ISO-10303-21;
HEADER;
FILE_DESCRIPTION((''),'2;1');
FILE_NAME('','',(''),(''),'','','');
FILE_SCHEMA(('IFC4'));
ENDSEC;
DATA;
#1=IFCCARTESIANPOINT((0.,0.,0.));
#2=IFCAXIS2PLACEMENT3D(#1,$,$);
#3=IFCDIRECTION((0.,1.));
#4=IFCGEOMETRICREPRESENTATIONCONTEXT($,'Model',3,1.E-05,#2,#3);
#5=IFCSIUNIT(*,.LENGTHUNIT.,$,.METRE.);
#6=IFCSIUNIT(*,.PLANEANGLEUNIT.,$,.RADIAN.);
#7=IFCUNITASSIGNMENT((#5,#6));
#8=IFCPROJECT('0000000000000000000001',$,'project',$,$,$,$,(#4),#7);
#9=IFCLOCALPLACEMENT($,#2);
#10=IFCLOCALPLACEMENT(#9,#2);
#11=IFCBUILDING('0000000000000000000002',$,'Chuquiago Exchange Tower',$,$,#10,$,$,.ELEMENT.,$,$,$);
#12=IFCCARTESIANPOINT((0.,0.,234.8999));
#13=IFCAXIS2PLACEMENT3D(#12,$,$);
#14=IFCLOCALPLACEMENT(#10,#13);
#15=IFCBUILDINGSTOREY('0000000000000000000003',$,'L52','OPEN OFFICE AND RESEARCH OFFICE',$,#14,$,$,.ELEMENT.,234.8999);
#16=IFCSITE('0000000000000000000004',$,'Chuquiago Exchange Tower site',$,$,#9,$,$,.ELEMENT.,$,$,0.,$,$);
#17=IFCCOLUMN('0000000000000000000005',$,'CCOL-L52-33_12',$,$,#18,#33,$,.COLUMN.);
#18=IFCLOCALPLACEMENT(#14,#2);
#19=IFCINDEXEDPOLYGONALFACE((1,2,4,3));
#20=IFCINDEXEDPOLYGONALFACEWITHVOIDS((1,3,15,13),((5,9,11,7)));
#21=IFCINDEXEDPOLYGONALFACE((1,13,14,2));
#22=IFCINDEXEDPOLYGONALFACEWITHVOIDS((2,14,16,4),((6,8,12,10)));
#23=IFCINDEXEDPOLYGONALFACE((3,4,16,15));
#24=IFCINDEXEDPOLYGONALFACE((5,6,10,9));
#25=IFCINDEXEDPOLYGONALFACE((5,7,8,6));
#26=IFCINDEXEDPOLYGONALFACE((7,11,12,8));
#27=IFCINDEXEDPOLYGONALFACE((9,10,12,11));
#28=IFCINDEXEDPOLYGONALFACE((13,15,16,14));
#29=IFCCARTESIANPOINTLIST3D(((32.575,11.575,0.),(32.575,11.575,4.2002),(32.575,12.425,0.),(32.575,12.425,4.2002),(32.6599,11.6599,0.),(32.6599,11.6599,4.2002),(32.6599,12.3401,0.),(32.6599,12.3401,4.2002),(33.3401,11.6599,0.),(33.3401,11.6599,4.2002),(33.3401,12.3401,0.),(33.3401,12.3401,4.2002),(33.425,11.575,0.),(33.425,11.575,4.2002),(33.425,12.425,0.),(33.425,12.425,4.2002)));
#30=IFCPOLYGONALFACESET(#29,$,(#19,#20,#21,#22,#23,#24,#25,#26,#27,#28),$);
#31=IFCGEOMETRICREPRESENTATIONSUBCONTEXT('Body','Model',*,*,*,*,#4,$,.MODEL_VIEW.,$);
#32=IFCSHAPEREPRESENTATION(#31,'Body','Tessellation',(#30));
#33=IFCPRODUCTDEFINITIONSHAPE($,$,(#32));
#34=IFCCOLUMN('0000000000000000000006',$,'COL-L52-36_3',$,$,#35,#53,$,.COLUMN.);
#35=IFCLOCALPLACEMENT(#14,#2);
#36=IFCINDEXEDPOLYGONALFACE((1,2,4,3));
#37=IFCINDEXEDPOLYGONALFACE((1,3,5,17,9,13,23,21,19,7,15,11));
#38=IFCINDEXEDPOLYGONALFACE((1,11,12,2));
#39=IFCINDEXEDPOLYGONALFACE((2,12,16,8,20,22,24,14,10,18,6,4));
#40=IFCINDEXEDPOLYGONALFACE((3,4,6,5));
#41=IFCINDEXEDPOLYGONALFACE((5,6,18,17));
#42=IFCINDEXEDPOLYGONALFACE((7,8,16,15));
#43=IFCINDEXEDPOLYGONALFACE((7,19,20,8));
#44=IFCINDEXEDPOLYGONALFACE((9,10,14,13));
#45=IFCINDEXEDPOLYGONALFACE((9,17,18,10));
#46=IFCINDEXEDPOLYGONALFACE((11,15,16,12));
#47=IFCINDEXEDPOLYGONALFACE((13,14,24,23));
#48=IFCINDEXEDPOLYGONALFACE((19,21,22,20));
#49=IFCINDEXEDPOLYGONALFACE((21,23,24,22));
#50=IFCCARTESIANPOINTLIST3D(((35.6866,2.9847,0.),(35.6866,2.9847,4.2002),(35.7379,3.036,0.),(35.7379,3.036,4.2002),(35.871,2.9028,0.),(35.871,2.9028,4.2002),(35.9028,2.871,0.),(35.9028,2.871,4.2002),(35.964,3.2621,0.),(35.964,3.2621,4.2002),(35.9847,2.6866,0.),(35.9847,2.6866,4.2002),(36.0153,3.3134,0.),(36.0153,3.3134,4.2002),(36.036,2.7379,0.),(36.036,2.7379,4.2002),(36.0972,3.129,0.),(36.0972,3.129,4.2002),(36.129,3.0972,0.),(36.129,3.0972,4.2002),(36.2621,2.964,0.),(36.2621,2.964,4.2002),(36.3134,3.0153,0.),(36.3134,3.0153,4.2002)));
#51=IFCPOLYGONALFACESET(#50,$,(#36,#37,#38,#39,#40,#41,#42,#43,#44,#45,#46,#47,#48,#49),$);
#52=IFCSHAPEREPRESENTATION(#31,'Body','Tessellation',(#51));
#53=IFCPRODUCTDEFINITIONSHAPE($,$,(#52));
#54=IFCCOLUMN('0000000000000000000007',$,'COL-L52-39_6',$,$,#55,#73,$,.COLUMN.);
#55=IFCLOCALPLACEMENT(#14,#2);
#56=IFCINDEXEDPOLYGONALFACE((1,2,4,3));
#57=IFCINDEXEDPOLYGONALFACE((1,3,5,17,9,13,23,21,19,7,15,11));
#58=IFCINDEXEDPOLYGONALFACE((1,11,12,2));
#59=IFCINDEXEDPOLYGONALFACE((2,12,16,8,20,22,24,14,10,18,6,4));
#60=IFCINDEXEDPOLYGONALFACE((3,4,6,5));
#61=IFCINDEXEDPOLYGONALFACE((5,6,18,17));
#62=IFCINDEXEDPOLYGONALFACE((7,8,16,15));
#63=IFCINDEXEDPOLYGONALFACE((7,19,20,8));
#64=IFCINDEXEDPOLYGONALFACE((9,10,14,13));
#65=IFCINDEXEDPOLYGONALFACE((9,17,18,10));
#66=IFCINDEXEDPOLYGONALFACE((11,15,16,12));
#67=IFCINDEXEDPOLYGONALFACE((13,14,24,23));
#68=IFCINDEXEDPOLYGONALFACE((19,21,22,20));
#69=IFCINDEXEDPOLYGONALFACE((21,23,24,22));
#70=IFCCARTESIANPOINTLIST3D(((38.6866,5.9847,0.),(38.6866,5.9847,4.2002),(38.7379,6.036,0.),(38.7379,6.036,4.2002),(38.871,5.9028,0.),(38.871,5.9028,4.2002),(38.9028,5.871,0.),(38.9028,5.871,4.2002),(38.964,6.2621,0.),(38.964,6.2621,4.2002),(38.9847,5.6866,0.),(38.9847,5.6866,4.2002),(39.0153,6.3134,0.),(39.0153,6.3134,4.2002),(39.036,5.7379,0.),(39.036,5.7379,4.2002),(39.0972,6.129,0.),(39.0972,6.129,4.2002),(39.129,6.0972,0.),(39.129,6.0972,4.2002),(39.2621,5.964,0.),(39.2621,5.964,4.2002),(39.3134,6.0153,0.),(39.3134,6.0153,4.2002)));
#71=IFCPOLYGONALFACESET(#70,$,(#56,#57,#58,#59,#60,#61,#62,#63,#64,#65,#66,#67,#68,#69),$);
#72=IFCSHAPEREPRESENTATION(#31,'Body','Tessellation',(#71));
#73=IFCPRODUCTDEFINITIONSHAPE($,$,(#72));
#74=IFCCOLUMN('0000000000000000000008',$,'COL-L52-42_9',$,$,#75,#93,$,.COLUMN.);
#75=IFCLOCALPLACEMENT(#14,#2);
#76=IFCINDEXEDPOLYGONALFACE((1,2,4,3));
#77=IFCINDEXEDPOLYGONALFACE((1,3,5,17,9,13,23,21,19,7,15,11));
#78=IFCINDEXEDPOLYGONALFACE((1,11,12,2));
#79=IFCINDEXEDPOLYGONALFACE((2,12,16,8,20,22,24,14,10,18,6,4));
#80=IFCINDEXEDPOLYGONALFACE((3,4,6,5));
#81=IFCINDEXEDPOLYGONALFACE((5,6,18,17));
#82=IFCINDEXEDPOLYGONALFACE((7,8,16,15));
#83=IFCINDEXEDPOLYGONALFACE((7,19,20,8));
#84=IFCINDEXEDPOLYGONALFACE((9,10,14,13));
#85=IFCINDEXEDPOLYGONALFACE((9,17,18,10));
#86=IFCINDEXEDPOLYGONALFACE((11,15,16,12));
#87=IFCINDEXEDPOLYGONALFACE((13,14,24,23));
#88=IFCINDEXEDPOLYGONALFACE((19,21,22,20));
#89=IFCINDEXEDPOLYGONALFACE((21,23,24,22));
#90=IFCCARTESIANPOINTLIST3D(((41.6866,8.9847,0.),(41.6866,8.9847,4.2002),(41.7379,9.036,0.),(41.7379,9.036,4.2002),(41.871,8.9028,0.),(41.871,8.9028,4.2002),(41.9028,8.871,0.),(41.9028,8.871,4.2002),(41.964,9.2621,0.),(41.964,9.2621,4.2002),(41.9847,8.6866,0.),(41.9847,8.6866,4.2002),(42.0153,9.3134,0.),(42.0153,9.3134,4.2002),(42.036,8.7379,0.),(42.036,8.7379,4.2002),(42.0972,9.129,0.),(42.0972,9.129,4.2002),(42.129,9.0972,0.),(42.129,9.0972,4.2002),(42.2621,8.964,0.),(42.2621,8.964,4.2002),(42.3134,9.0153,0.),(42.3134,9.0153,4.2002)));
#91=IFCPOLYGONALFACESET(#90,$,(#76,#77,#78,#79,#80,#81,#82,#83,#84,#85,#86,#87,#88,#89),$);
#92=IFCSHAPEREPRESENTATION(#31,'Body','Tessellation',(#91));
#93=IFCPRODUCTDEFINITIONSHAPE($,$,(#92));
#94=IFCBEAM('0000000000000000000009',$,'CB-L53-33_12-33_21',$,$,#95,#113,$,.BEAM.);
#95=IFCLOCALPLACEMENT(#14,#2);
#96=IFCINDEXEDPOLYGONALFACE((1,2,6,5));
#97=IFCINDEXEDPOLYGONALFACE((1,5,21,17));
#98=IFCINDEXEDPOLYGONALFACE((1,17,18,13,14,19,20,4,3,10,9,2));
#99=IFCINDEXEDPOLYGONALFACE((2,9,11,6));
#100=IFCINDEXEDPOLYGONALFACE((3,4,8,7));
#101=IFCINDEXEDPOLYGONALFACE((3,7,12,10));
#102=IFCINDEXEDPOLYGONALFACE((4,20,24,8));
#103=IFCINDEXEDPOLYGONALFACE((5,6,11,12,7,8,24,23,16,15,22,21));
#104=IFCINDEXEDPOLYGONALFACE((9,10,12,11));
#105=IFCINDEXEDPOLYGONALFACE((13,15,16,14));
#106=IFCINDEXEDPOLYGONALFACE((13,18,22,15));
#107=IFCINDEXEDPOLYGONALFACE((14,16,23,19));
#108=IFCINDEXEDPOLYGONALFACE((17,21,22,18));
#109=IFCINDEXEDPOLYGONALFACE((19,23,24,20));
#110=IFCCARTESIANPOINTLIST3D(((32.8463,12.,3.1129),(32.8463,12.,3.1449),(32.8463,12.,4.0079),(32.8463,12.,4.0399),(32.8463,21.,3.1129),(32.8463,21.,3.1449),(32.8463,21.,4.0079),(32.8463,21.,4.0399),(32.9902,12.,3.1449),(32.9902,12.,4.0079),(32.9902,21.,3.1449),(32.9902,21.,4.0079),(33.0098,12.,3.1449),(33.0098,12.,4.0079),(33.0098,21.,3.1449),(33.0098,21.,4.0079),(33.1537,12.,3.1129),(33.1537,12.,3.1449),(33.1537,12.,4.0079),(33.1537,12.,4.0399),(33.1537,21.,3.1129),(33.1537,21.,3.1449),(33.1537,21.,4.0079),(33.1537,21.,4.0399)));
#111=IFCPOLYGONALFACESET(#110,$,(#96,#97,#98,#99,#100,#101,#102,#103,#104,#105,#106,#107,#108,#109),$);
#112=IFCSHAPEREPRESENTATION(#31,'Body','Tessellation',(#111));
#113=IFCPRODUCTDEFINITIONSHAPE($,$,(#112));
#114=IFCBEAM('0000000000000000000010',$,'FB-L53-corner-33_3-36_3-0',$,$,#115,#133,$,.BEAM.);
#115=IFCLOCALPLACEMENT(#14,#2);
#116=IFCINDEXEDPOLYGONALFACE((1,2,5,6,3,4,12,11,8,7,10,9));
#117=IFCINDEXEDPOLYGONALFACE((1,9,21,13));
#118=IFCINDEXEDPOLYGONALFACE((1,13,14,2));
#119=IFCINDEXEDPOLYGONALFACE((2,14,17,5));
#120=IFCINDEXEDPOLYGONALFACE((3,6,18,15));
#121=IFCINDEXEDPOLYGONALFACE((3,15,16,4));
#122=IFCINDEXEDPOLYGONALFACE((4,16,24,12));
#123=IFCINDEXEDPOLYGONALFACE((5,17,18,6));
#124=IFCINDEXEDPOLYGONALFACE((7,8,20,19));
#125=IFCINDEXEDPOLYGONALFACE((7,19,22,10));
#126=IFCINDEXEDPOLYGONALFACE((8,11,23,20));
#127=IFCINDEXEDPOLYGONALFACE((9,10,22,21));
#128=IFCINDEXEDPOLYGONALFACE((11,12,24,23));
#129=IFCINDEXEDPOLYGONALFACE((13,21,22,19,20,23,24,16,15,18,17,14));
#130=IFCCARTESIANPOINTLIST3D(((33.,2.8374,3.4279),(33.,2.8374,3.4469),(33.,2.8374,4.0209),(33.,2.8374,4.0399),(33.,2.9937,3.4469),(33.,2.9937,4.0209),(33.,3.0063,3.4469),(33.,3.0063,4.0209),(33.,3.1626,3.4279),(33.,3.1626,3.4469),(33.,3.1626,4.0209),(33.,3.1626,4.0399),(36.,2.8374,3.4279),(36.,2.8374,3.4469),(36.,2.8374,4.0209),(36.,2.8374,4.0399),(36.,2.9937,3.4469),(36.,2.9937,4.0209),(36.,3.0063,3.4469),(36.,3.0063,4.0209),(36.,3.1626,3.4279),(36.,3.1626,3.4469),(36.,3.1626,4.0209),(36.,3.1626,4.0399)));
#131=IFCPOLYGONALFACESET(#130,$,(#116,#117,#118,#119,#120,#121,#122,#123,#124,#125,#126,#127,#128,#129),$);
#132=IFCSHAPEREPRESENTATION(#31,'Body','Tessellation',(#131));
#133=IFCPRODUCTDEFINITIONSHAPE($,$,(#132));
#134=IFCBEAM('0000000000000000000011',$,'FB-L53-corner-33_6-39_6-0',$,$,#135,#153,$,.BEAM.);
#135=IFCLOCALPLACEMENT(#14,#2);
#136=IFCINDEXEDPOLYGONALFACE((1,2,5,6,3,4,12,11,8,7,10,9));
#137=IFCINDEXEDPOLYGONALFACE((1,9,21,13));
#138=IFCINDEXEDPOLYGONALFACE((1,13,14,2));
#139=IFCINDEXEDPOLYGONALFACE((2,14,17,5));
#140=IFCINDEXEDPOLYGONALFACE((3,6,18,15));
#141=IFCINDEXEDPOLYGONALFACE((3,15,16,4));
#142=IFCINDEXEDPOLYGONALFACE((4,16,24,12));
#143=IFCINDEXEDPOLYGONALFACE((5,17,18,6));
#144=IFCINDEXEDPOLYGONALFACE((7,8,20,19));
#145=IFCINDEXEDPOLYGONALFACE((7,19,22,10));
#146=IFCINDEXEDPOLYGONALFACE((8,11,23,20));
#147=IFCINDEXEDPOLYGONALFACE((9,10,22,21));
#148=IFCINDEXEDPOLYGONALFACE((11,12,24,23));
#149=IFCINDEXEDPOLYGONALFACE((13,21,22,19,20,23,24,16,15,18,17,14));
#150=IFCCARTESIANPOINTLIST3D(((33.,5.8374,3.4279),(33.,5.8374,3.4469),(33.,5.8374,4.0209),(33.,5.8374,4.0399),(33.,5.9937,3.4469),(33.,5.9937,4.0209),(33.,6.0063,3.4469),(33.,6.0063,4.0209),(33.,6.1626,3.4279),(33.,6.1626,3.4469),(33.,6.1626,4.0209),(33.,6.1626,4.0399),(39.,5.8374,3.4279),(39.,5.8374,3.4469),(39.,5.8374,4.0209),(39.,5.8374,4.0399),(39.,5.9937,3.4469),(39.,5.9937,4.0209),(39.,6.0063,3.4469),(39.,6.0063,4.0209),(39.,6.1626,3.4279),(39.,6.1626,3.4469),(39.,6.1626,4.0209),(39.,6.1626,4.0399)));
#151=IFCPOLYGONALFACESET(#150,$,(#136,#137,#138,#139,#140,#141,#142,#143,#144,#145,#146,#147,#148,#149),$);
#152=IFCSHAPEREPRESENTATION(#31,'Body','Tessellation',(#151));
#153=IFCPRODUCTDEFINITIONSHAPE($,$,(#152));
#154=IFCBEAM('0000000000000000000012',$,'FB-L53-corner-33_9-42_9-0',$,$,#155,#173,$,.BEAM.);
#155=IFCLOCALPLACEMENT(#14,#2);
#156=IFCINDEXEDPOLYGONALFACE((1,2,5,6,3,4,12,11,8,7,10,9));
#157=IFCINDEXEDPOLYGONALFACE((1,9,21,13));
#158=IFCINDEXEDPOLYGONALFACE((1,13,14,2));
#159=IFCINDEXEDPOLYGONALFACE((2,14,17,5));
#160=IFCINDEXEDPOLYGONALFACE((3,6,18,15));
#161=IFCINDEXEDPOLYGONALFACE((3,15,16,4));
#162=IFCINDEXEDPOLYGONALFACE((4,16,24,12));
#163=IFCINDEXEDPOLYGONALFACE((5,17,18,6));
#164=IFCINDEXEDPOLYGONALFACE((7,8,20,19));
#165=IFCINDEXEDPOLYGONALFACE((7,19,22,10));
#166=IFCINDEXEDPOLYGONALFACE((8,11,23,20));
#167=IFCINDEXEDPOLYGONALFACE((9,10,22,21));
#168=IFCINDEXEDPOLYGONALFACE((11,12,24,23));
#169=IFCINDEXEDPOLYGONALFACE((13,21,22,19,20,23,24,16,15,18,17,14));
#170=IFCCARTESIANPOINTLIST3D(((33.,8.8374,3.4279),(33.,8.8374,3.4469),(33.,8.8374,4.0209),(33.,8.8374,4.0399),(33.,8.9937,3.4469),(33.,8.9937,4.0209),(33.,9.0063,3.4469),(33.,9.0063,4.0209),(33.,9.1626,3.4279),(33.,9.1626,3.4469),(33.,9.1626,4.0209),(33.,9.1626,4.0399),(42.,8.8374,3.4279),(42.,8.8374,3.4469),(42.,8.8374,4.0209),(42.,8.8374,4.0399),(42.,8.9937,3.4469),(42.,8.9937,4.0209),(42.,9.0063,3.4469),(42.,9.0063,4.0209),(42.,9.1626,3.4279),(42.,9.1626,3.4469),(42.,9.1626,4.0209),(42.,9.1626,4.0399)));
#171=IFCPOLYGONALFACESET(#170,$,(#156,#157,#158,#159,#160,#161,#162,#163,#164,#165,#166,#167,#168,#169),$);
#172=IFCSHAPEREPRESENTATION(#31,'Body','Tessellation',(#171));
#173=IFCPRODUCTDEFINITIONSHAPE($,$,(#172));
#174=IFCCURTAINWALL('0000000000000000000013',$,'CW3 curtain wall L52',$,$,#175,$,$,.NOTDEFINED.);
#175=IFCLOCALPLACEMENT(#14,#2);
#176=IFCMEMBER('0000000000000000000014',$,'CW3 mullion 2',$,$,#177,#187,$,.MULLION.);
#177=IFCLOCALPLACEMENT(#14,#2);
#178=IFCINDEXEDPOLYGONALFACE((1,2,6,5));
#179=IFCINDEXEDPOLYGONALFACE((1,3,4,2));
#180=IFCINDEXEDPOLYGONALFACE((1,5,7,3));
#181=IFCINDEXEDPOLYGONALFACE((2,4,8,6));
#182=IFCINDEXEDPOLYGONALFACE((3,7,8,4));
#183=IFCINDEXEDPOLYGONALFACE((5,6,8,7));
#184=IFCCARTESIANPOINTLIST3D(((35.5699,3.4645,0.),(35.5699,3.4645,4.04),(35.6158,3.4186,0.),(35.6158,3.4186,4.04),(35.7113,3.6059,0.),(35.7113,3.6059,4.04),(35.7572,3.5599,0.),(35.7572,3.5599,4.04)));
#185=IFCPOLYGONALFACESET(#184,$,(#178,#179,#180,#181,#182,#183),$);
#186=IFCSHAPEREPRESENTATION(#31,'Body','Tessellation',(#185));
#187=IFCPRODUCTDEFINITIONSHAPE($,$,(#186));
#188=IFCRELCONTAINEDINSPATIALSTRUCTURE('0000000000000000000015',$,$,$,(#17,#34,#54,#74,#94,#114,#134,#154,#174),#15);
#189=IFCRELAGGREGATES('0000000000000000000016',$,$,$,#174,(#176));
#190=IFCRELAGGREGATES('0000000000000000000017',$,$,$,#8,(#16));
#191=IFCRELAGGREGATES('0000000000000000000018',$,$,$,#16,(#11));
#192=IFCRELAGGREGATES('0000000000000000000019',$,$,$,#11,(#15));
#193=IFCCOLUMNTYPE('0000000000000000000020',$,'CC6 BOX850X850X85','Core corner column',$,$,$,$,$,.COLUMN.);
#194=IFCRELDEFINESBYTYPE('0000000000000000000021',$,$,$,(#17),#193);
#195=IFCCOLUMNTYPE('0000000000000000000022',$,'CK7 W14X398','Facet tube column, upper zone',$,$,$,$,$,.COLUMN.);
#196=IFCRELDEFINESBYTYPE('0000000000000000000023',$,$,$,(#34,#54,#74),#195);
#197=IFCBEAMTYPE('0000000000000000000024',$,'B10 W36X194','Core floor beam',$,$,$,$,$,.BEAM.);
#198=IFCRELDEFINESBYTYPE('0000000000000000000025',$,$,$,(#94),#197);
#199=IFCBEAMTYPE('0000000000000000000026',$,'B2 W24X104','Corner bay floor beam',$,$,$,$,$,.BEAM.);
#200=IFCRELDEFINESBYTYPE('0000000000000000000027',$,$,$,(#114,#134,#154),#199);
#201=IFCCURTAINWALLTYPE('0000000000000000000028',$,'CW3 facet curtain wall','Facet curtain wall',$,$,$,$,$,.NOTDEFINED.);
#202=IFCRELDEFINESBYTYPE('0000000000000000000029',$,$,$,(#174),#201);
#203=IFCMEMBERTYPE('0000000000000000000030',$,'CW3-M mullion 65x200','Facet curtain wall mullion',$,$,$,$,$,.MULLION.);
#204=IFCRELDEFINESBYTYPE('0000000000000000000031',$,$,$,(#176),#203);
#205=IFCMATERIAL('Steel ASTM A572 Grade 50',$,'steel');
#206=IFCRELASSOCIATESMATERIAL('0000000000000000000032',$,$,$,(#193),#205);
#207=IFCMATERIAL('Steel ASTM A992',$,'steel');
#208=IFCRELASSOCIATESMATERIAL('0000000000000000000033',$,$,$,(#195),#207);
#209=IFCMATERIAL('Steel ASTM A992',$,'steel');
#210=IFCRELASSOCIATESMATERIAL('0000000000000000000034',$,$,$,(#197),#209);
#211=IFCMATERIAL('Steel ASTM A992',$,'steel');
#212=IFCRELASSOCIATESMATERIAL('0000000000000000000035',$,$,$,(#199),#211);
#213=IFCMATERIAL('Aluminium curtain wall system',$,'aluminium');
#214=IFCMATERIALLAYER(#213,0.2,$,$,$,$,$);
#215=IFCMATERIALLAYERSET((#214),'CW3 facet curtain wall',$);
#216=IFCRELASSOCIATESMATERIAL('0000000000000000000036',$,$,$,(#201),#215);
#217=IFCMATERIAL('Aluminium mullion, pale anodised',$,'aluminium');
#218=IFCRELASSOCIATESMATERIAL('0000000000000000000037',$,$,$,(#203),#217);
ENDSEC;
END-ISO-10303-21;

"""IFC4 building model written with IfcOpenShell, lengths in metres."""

from ifc_helpers import new_model, si_unit, direction, frame, origin, origin_2d, place, context, subcontext, project, spatial, rectangle, hollow_rectangle, i_section, extrude, material, layer, layer_set, material_profile, profile_set, type_object, element, aggregate, save


model = new_model("IFC4")

# Units and contexts
model_context = context("Model", 3, precision=1e-05, world=origin(), true_north=direction((0.0, 1.0)))
body_context = subcontext(model_context, "Body", "Model", "MODEL_VIEW")
ifc_project = project(units=[si_unit("LENGTHUNIT", "METRE"), si_unit("PLANEANGLEUNIT", "RADIAN")], contexts=[model_context])

# Site, building, storey
site_placement = place(None, origin())
site = spatial("IfcSite", under=ifc_project, at=site_placement, Name="Chuquiago Exchange Tower site", CompositionType="ELEMENT", RefElevation=0.0)
building_placement = place(site_placement, origin())
building = spatial("IfcBuilding", under=site, at=building_placement, Name="Chuquiago Exchange Tower", CompositionType="ELEMENT")
storey_placement = place(building_placement, frame((0.0, 0.0, 234.8999)))
storey = spatial("IfcBuildingStorey", under=building, at=storey_placement, Name="L52", Description="OPEN OFFICE AND RESEARCH OFFICE", CompositionType="ELEMENT", Elevation=234.8999)

# Columns
ifc_material_1 = material(Name="Steel ASTM A572 Grade 50", Category="steel")
ifc_material_profile_1 = material_profile(ifc_material_1, hollow_rectangle(XDim=0.8501, YDim=0.8501, WallThickness=0.085, at=origin_2d()), Name="BOX850X850X85")
ifc_profile_set_1 = profile_set([ifc_material_profile_1], Name="Steel ASTM A572 Grade 50")
column_type_1 = type_object("IfcColumnType", Name="CC6 BOX850X850X85", Description="Core corner column", PredefinedType="COLUMN", material=ifc_profile_set_1)
column_placement = place(storey_placement, frame((33.0, 12.0, 0.0), z_axis=(0.0, 0.0, 1.0), x_axis=(1.0, 0.0, 0.0)))
element("IfcColumn", 1, at=column_placement, inside=storey, type_object=column_type_1, Name="CCOL-L52-33_12", PredefinedType="COLUMN", context=body_context, shape_type="SweptSolid", body=[
    extrude(hollow_rectangle(XDim=0.8501, YDim=0.8501, WallThickness=0.085, at=origin_2d()), origin(), (0.0, 0.0, 1.0), 4.2002),
])
ifc_material_2 = material(Name="Steel ASTM A992", Category="steel")
ifc_material_profile_2 = material_profile(ifc_material_2, i_section(OverallWidth=0.4216, OverallDepth=0.4648, WebThickness=0.0449, FlangeThickness=0.0725, at=origin_2d()), Name="W14X398")
ifc_profile_set_2 = profile_set([ifc_material_profile_2], Name="Steel ASTM A992")
column_type_2 = type_object("IfcColumnType", Name="CK7 W14X398", Description="Facet tube column, upper zone", PredefinedType="COLUMN", material=ifc_profile_set_2)
for number, where, z_axis, x_axis, name in (
    (2, (36.0, 3.0, 0.0), (0.0, 0.0, 1.0), (0.707107, -0.707107, 0.0), "COL-L52-36_3"),
    (3, (39.0, 6.0, 0.0), (0.0, 0.0, 1.0), (0.707107, -0.707107, 0.0), "COL-L52-39_6"),
    (4, (42.0, 9.0, 0.0), (0.0, 0.0, 1.0), (0.707107, -0.707107, 0.0), "COL-L52-42_9"),
):
    element("IfcColumn", number, at=place(storey_placement, frame(where, z_axis=z_axis, x_axis=x_axis)), inside=storey, type_object=column_type_2, Name=name, PredefinedType="COLUMN", context=body_context, shape_type="SweptSolid", body=[
        extrude(i_section(OverallWidth=0.4216, OverallDepth=0.4648, WebThickness=0.0449, FlangeThickness=0.0725, at=origin_2d()), origin(), (0.0, 0.0, 1.0), 4.2002),
    ])

# Beams
ifc_material_3 = material(Name="Steel ASTM A992", Category="steel")
ifc_material_profile_3 = material_profile(ifc_material_3, i_section(OverallWidth=0.3074, OverallDepth=0.927, WebThickness=0.0195, FlangeThickness=0.032, at=origin_2d()), Name="W36X194")
ifc_profile_set_3 = profile_set([ifc_material_profile_3], Name="Steel ASTM A992")
beam_type_1 = type_object("IfcBeamType", Name="B10 W36X194", Description="Core floor beam", PredefinedType="BEAM", material=ifc_profile_set_3)
beam_1_placement = place(storey_placement, frame((33.0, 12.0, 3.5764), z_axis=(0.0, 1.0, 0.0), x_axis=(-1.0, 0.0, 0.0)))
element("IfcBeam", 5, at=beam_1_placement, inside=storey, type_object=beam_type_1, Name="CB-L53-33_12-33_21", PredefinedType="BEAM", context=body_context, shape_type="SweptSolid", body=[
    extrude(i_section(OverallWidth=0.3074, OverallDepth=0.927, WebThickness=0.0195, FlangeThickness=0.032, at=origin_2d()), origin(), (0.0, 0.0, 1.0), 9.0),
])
ifc_material_4 = material(Name="Steel ASTM A992", Category="steel")
ifc_material_profile_4 = material_profile(ifc_material_4, i_section(OverallWidth=0.3252, OverallDepth=0.6121, WebThickness=0.0127, FlangeThickness=0.019, at=origin_2d()), Name="W24X104")
ifc_profile_set_4 = profile_set([ifc_material_profile_4], Name="Steel ASTM A992")
beam_type_2 = type_object("IfcBeamType", Name="B2 W24X104", Description="Corner bay floor beam", PredefinedType="BEAM", material=ifc_profile_set_4)
beam_2_placement = place(storey_placement, frame((33.0, 3.0, 3.7339), z_axis=(1.0, 0.0, 0.0), x_axis=(0.0, 1.0, 0.0)))
element("IfcBeam", 6, at=beam_2_placement, inside=storey, type_object=beam_type_2, Name="FB-L53-corner-33_3-36_3-0", PredefinedType="BEAM", context=body_context, shape_type="SweptSolid", body=[
    extrude(i_section(OverallWidth=0.3252, OverallDepth=0.6121, WebThickness=0.0127, FlangeThickness=0.019, at=origin_2d()), origin(), (0.0, 0.0, 1.0), 3.0),
])
beam_3_placement = place(storey_placement, frame((33.0, 6.0, 3.7339), z_axis=(1.0, 0.0, 0.0), x_axis=(0.0, 1.0, 0.0)))
element("IfcBeam", 7, at=beam_3_placement, inside=storey, type_object=beam_type_2, Name="FB-L53-corner-33_6-39_6-0", PredefinedType="BEAM", context=body_context, shape_type="SweptSolid", body=[
    extrude(i_section(OverallWidth=0.3252, OverallDepth=0.6121, WebThickness=0.0127, FlangeThickness=0.019, at=origin_2d()), origin(), (0.0, 0.0, 1.0), 6.0),
])
beam_4_placement = place(storey_placement, frame((33.0, 9.0, 3.7339), z_axis=(1.0, 0.0, 0.0), x_axis=(0.0, 1.0, 0.0)))
element("IfcBeam", 8, at=beam_4_placement, inside=storey, type_object=beam_type_2, Name="FB-L53-corner-33_9-42_9-0", PredefinedType="BEAM", context=body_context, shape_type="SweptSolid", body=[
    extrude(i_section(OverallWidth=0.3252, OverallDepth=0.6121, WebThickness=0.0127, FlangeThickness=0.019, at=origin_2d()), origin(), (0.0, 0.0, 1.0), 9.0),
])

# Curtain wall, member
ifc_material_5 = material(Name="Aluminium curtain wall system", Category="aluminium")
ifc_layer_1 = layer(ifc_material_5, 0.2)
ifc_layer_set_1 = layer_set([ifc_layer_1], Name="CW3 facet curtain wall")
curtain_wall_type = type_object("IfcCurtainWallType", Name="CW3 facet curtain wall", Description="Facet curtain wall", PredefinedType="NOTDEFINED", material=ifc_layer_set_1)
curtain_wall_placement = place(storey_placement, origin())
curtain_wall = element("IfcCurtainWall", 9, at=curtain_wall_placement, inside=storey, type_object=curtain_wall_type, Name="CW3 curtain wall L52", PredefinedType="NOTDEFINED")
ifc_material_6 = material(Name="Aluminium mullion, pale anodised", Category="aluminium")
ifc_material_profile_5 = material_profile(ifc_material_6, rectangle(XDim=0.0649, YDim=0.2, at=origin_2d()), Name="AL 65x200")
ifc_profile_set_5 = profile_set([ifc_material_profile_5], Name="Aluminium mullion, pale anodised")
member_type_1 = type_object("IfcMemberType", Name="CW3-M mullion 65x200", Description="Facet curtain wall mullion", PredefinedType="MULLION", material=ifc_profile_set_5)
member_1_placement = place(storey_placement, frame((35.6636, 3.5122, 0.0), z_axis=(0.0, 0.0, 1.0), x_axis=(-0.707107, 0.707107, 0.0)))
member_1 = element("IfcMember", 10, at=member_1_placement, type_object=member_type_1, Name="CW3 mullion 2", PredefinedType="MULLION", context=body_context, shape_type="SweptSolid", body=[
    extrude(rectangle(XDim=0.0649, YDim=0.2, at=origin_2d()), origin(), (0.0, 0.0, 1.0), 4.04),
])

aggregate(curtain_wall, [member_1])

save(model, "model.ifc")
